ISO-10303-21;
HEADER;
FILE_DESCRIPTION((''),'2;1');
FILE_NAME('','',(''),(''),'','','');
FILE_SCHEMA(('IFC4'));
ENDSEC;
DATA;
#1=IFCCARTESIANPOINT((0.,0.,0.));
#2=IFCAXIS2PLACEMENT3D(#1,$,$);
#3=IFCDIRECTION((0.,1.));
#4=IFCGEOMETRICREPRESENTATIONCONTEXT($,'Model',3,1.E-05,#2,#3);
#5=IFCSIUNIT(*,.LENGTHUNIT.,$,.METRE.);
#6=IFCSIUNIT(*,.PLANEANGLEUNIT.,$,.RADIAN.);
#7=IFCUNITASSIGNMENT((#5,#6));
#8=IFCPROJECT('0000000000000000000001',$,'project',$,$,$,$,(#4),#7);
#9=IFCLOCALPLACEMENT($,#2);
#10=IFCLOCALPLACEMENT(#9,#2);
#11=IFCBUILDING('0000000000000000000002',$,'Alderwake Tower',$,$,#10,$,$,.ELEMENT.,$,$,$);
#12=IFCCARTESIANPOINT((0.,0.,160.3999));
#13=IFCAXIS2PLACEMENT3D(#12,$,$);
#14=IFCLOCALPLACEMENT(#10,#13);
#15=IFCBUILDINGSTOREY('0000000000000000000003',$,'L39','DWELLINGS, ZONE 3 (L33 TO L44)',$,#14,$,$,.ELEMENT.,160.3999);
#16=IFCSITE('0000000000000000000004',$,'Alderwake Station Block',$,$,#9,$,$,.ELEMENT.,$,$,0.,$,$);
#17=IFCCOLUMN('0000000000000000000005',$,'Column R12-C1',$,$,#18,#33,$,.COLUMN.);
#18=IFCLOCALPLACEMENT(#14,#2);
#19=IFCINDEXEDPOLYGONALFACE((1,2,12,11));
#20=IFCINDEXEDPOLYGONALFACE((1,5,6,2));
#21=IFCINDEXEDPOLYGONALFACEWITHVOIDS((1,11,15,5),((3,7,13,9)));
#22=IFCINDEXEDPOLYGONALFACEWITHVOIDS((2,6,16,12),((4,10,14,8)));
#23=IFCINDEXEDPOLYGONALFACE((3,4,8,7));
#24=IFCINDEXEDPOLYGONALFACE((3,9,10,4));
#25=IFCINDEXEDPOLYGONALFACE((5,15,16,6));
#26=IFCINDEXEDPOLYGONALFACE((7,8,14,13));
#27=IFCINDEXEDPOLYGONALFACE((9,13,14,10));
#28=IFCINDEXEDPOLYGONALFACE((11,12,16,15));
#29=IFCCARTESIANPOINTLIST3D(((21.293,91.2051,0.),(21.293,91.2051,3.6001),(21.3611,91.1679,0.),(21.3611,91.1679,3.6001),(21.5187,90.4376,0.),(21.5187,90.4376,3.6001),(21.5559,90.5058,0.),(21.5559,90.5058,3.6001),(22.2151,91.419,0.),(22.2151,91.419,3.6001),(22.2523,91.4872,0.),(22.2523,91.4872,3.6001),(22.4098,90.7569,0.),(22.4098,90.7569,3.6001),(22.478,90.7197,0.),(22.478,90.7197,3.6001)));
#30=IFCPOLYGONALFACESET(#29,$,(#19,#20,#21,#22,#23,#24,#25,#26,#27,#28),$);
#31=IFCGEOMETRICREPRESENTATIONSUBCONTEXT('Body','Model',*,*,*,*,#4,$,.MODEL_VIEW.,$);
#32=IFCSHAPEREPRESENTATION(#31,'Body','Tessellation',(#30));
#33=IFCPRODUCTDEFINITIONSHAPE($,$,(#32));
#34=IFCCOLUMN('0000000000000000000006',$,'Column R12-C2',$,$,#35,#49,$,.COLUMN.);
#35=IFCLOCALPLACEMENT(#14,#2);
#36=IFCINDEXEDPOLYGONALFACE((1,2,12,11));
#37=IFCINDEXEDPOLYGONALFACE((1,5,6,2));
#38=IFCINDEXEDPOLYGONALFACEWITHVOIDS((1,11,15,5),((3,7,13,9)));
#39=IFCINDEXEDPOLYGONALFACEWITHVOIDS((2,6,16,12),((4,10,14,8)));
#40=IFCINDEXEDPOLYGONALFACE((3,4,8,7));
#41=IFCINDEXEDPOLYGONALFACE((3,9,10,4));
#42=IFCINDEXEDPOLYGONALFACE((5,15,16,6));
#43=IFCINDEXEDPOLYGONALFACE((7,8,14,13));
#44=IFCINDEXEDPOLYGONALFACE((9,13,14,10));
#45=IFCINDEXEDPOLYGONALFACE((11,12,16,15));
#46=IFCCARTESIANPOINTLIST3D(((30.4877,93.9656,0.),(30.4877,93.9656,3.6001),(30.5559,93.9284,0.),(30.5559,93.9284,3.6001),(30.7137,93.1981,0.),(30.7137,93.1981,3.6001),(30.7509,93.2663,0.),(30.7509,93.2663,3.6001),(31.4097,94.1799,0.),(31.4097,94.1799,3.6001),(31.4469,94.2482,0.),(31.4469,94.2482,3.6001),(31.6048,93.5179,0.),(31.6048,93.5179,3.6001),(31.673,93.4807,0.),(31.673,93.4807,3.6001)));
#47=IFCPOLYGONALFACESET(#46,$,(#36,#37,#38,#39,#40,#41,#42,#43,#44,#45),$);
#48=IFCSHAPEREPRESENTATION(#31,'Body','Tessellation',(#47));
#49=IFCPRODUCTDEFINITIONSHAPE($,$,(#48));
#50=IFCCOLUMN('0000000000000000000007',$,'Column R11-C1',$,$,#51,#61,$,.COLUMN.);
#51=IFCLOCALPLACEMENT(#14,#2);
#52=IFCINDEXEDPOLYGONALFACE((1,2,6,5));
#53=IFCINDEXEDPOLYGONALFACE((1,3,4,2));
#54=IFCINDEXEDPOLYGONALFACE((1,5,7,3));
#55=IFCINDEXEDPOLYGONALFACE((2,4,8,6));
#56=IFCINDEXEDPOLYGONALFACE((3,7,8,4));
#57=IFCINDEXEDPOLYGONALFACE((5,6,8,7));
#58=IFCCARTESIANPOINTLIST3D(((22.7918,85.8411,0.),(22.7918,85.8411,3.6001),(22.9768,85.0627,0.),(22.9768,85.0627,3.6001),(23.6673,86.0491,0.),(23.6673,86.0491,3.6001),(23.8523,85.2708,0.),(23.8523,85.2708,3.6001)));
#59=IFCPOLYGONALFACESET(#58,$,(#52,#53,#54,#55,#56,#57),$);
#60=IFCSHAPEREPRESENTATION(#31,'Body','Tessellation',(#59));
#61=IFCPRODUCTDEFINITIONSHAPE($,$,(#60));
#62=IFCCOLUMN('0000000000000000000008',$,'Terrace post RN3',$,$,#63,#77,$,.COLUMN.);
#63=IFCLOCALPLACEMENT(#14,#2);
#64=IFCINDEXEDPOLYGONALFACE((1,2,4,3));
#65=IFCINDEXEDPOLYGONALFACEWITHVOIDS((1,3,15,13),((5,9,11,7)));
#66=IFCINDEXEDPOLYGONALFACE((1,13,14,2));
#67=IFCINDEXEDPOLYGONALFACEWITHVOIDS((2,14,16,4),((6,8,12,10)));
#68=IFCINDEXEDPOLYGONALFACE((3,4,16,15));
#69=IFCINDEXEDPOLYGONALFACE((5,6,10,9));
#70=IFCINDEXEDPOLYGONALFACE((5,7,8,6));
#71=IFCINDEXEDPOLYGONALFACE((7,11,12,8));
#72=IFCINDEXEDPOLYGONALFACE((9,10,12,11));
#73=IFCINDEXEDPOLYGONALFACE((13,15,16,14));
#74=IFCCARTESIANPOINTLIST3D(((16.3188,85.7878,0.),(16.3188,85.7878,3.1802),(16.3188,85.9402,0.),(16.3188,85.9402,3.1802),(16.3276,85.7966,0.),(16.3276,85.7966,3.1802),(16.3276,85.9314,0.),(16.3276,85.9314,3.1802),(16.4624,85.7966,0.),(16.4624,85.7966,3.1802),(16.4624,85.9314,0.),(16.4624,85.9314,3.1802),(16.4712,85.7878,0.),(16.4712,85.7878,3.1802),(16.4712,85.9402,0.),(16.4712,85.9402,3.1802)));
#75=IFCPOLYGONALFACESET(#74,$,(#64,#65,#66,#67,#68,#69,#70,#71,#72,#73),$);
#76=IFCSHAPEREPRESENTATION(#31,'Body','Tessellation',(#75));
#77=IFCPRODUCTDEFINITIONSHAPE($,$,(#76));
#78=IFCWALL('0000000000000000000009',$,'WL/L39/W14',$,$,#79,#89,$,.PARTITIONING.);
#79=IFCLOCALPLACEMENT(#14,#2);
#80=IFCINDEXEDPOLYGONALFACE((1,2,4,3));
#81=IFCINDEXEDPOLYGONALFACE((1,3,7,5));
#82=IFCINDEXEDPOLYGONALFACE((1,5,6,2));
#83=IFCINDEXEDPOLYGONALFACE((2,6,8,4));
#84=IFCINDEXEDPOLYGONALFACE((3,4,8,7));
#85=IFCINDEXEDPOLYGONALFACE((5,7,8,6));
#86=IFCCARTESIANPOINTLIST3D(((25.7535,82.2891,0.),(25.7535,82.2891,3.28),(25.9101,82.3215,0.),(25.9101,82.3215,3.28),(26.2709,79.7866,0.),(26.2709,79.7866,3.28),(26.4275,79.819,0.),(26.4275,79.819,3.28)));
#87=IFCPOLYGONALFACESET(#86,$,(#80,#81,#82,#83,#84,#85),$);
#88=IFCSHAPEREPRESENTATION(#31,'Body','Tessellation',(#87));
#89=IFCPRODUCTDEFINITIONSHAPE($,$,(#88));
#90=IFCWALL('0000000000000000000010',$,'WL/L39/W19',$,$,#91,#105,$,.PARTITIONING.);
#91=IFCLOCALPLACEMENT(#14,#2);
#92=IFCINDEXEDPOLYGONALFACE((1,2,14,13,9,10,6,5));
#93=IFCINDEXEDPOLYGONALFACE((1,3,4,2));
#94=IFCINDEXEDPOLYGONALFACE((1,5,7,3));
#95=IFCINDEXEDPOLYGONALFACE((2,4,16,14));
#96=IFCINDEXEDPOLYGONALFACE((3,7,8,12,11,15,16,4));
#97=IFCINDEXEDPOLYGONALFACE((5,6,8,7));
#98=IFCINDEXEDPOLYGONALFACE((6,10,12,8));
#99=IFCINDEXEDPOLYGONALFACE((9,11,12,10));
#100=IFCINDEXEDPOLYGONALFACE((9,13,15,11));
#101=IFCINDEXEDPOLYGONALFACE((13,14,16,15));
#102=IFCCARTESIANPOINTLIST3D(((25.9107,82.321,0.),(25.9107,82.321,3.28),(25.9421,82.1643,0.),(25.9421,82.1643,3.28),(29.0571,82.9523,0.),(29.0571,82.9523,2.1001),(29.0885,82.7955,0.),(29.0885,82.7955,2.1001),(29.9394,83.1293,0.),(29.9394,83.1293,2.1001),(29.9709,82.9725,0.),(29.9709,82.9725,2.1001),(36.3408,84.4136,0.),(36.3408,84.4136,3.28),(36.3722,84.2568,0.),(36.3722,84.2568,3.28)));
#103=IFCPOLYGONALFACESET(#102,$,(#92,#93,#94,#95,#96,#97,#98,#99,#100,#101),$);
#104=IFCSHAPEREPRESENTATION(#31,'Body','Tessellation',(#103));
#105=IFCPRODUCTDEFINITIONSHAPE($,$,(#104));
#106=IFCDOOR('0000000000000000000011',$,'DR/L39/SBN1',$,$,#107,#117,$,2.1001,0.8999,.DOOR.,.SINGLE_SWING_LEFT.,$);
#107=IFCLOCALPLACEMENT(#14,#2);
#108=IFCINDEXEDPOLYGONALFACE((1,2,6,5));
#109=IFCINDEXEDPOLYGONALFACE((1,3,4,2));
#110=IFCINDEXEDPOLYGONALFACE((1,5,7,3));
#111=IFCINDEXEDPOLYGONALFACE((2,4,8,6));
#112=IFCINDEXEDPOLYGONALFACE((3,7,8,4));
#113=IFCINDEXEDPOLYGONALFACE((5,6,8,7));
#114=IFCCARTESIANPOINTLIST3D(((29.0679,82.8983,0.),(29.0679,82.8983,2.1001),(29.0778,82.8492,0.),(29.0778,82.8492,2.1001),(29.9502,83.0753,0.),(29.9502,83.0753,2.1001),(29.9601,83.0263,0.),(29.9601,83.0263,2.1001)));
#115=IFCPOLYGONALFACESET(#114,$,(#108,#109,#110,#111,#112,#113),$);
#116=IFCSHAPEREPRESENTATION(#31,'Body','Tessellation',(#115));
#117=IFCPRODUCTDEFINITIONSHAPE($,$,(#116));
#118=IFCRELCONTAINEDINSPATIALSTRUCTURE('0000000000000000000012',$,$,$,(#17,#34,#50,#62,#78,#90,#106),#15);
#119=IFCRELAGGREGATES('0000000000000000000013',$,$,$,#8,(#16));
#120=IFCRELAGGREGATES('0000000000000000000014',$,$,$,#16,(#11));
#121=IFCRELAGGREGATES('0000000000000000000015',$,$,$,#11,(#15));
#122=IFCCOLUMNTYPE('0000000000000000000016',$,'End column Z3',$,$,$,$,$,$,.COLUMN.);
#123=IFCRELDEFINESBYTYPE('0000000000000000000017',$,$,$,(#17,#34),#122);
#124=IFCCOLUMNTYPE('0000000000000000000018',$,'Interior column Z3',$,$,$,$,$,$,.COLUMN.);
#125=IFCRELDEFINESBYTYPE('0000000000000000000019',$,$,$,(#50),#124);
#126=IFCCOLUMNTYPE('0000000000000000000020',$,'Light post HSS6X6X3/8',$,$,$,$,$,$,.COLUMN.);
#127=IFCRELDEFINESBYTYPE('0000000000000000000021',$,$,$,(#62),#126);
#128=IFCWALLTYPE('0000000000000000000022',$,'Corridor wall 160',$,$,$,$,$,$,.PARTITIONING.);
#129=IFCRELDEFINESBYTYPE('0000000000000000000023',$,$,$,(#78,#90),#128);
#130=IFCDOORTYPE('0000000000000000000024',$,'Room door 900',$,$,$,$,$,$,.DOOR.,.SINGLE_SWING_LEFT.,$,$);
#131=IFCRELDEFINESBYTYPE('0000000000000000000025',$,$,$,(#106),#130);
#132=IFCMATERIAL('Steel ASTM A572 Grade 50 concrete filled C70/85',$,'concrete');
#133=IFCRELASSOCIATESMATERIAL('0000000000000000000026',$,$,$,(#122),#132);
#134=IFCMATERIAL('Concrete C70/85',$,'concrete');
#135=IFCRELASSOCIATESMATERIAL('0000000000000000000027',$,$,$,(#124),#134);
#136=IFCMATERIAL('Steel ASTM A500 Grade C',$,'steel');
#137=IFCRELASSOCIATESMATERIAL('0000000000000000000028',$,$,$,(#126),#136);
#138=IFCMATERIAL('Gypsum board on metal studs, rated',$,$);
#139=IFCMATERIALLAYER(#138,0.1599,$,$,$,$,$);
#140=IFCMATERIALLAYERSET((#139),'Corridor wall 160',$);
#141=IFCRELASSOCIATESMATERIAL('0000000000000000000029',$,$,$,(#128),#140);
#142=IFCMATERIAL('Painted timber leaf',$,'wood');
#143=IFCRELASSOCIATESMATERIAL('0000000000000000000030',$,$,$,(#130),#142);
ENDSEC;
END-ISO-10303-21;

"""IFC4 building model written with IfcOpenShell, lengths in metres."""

from ifc_helpers import new_model, si_unit, direction, frame, frame_2d, origin, origin_2d, place, context, subcontext, project, spatial, rectangle, hollow_rectangle, extrude, material, layer, layer_set, material_profile, profile_set, type_object, element, fill, save


model = new_model("IFC4")

# Units and contexts
model_context = context("Model", 3, precision=1e-05, world=origin(), true_north=direction((0.0, 1.0)))
body_context = subcontext(model_context, "Body", "Model", "MODEL_VIEW")
ifc_project = project(units=[si_unit("LENGTHUNIT", "METRE"), si_unit("PLANEANGLEUNIT", "RADIAN")], contexts=[model_context])

# Site, building, storey
site_placement = place(None, origin())
site = spatial("IfcSite", under=ifc_project, at=site_placement, Name="Alderwake Station Block", CompositionType="ELEMENT", RefElevation=0.0)
building_placement = place(site_placement, origin())
building = spatial("IfcBuilding", under=site, at=building_placement, Name="Alderwake Tower", CompositionType="ELEMENT")
storey_placement = place(building_placement, frame((0.0, 0.0, 160.3999)))
storey = spatial("IfcBuildingStorey", under=building, at=storey_placement, Name="L39", Description="DWELLINGS, ZONE 3 (L33 TO L44)", CompositionType="ELEMENT", Elevation=160.3999)

# Columns
ifc_material_1 = material(Name="Steel ASTM A572 Grade 50 concrete filled C70/85", Category="concrete")
ifc_material_profile_1 = material_profile(ifc_material_1, hollow_rectangle(XDim=0.8, YDim=1.0, WallThickness=0.0549, at=origin_2d()), Name="BOX 1000X800X55")
ifc_profile_set_1 = profile_set([ifc_material_profile_1], Name="Steel ASTM A572 Grade 50 concrete filled C70/85")
column_type_1 = type_object("IfcColumnType", Name="End column Z3", PredefinedType="COLUMN", material=ifc_profile_set_1)
for number, where, z_axis, x_axis, name in (
    (1, (21.8855, 90.9624, 0.0), (0.0, 0.0, 1.0), (-0.282132, 0.959376, 0.0), "Column R12-C1"),
    (2, (31.0803, 93.7231, 0.0), (0.0, 0.0, 1.0), (-0.282583, 0.959243, 0.0), "Column R12-C2"),
):
    element("IfcColumn", number, at=place(storey_placement, frame(where, z_axis=z_axis, x_axis=x_axis)), inside=storey, type_object=column_type_1, Name=name, PredefinedType="COLUMN", context=body_context, shape_type="SweptSolid", body=[
        extrude(hollow_rectangle(XDim=0.8, YDim=1.0, WallThickness=0.0549, at=origin_2d()), origin(), (0.0, 0.0, 1.0), 3.6001),
    ])
ifc_material_2 = material(Name="Concrete C70/85", Category="concrete")
ifc_material_profile_2 = material_profile(ifc_material_2, rectangle(XDim=0.8, YDim=0.8999, at=origin_2d()), Name="RC 900X800")
ifc_profile_set_2 = profile_set([ifc_material_profile_2], Name="Concrete C70/85")
column_type_2 = type_object("IfcColumnType", Name="Interior column Z3", PredefinedType="COLUMN", material=ifc_profile_set_2)
column_1_placement = place(storey_placement, frame((23.322, 85.5559, 0.0), z_axis=(0.0, 0.0, 1.0), x_axis=(-0.231222, 0.972901, 0.0)))
element("IfcColumn", 3, at=column_1_placement, inside=storey, type_object=column_type_2, Name="Column R11-C1", PredefinedType="COLUMN", context=body_context, shape_type="SweptSolid", body=[
    extrude(rectangle(XDim=0.8, YDim=0.8999, at=origin_2d()), origin(), (0.0, 0.0, 1.0), 3.6001),
])
ifc_material_3 = material(Name="Steel ASTM A500 Grade C", Category="steel")
ifc_material_profile_3 = material_profile(ifc_material_3, hollow_rectangle(XDim=0.1523, YDim=0.1523, WallThickness=0.0088, at=origin_2d()), Name="HSS6X6X3/8")
ifc_profile_set_3 = profile_set([ifc_material_profile_3], Name="Steel ASTM A500 Grade C")
column_type_3 = type_object("IfcColumnType", Name="Light post HSS6X6X3/8", PredefinedType="COLUMN", material=ifc_profile_set_3)
column_2_placement = place(storey_placement, frame((16.395, 85.864, 0.0), z_axis=(0.0, 0.0, 1.0), x_axis=(1.0, 0.0, 0.0)))
element("IfcColumn", 4, at=column_2_placement, inside=storey, type_object=column_type_3, Name="Terrace post RN3", PredefinedType="COLUMN", context=body_context, shape_type="SweptSolid", body=[
    extrude(hollow_rectangle(XDim=0.1523, YDim=0.1523, WallThickness=0.0088, at=origin_2d()), origin(), (0.0, 0.0, 1.0), 3.1802),
])

# Wall
ifc_material_4 = material(Name="Gypsum board on metal studs, rated")
ifc_layer_1 = layer(ifc_material_4, 0.1599)
ifc_layer_set_1 = layer_set([ifc_layer_1], Name="Corridor wall 160")
wall_type_1 = type_object("IfcWallType", Name="Corridor wall 160", PredefinedType="PARTITIONING", material=ifc_layer_set_1)
wall_1_placement = place(storey_placement, frame((25.8318, 82.3054, 0.0), z_axis=(0.0, 0.0, 1.0), x_axis=(0.202451, -0.979292, 0.0)))
element("IfcWall", 5, at=wall_1_placement, inside=storey, type_object=wall_type_1, Name="WL/L39/W14", PredefinedType="PARTITIONING", context=body_context, shape_type="SweptSolid", body=[
    extrude(rectangle(XDim=2.5554, YDim=0.1599, at=frame_2d((1.2778, 0.0))), origin(), (0.0, 0.0, 1.0), 3.28),
])

# Wall, opening, door
wall_2_placement = place(storey_placement, frame((25.9265, 82.2427, 0.0), z_axis=(0.0, 0.0, 1.0), x_axis=(0.980463, 0.196703, 0.0)))
wall_2 = element("IfcWall", 6, at=wall_2_placement, inside=storey, type_object=wall_type_1, Name="WL/L39/W19", PredefinedType="PARTITIONING", context=body_context, shape_type="SweptSolid", body=[
    extrude(rectangle(XDim=10.6379, YDim=0.1599, at=frame_2d((5.3188, 0.0))), origin(), (0.0, 0.0, 1.0), 3.28),
])
opening_1_placement = place(wall_2_placement, frame((3.209, 0.0, 0.0)))
opening_1 = element("IfcOpeningElement", 7, at=opening_1_placement, cuts=wall_2, PredefinedType="OPENING", context=body_context, shape_type="SweptSolid", body=[
    extrude(rectangle(XDim=0.8999, YDim=2.1001, at=frame_2d((0.45, 1.05))), frame((0.0, 0.0898, 0.0), z_axis=(0.0, -1.0, 0.0), x_axis=(1.0, 0.0, 0.0)), (0.0, 0.0, 1.0), 0.1799),
])
ifc_material_5 = material(Name="Painted timber leaf", Category="wood")
door_type_1 = type_object("IfcDoorType", Name="Room door 900", OperationType="SINGLE_SWING_LEFT", PredefinedType="DOOR", material=ifc_material_5)
door_1_placement = place(opening_1_placement, origin())
door_1 = element("IfcDoor", 8, at=door_1_placement, inside=storey, type_object=door_type_1, Name="DR/L39/SBN1", OperationType="SINGLE_SWING_LEFT", OverallHeight=2.1001, OverallWidth=0.8999, PredefinedType="DOOR", context=body_context, shape_type="SweptSolid", body=[
    extrude(rectangle(XDim=0.8999, YDim=2.1001, at=frame_2d((0.45, 1.05))), frame((0.0, 0.0249, 0.0), z_axis=(0.0, -1.0, 0.0), x_axis=(1.0, 0.0, 0.0)), (0.0, 0.0, 1.0), 0.05),
])
fill(opening_1, door_1)

save(model, "model.ifc")
